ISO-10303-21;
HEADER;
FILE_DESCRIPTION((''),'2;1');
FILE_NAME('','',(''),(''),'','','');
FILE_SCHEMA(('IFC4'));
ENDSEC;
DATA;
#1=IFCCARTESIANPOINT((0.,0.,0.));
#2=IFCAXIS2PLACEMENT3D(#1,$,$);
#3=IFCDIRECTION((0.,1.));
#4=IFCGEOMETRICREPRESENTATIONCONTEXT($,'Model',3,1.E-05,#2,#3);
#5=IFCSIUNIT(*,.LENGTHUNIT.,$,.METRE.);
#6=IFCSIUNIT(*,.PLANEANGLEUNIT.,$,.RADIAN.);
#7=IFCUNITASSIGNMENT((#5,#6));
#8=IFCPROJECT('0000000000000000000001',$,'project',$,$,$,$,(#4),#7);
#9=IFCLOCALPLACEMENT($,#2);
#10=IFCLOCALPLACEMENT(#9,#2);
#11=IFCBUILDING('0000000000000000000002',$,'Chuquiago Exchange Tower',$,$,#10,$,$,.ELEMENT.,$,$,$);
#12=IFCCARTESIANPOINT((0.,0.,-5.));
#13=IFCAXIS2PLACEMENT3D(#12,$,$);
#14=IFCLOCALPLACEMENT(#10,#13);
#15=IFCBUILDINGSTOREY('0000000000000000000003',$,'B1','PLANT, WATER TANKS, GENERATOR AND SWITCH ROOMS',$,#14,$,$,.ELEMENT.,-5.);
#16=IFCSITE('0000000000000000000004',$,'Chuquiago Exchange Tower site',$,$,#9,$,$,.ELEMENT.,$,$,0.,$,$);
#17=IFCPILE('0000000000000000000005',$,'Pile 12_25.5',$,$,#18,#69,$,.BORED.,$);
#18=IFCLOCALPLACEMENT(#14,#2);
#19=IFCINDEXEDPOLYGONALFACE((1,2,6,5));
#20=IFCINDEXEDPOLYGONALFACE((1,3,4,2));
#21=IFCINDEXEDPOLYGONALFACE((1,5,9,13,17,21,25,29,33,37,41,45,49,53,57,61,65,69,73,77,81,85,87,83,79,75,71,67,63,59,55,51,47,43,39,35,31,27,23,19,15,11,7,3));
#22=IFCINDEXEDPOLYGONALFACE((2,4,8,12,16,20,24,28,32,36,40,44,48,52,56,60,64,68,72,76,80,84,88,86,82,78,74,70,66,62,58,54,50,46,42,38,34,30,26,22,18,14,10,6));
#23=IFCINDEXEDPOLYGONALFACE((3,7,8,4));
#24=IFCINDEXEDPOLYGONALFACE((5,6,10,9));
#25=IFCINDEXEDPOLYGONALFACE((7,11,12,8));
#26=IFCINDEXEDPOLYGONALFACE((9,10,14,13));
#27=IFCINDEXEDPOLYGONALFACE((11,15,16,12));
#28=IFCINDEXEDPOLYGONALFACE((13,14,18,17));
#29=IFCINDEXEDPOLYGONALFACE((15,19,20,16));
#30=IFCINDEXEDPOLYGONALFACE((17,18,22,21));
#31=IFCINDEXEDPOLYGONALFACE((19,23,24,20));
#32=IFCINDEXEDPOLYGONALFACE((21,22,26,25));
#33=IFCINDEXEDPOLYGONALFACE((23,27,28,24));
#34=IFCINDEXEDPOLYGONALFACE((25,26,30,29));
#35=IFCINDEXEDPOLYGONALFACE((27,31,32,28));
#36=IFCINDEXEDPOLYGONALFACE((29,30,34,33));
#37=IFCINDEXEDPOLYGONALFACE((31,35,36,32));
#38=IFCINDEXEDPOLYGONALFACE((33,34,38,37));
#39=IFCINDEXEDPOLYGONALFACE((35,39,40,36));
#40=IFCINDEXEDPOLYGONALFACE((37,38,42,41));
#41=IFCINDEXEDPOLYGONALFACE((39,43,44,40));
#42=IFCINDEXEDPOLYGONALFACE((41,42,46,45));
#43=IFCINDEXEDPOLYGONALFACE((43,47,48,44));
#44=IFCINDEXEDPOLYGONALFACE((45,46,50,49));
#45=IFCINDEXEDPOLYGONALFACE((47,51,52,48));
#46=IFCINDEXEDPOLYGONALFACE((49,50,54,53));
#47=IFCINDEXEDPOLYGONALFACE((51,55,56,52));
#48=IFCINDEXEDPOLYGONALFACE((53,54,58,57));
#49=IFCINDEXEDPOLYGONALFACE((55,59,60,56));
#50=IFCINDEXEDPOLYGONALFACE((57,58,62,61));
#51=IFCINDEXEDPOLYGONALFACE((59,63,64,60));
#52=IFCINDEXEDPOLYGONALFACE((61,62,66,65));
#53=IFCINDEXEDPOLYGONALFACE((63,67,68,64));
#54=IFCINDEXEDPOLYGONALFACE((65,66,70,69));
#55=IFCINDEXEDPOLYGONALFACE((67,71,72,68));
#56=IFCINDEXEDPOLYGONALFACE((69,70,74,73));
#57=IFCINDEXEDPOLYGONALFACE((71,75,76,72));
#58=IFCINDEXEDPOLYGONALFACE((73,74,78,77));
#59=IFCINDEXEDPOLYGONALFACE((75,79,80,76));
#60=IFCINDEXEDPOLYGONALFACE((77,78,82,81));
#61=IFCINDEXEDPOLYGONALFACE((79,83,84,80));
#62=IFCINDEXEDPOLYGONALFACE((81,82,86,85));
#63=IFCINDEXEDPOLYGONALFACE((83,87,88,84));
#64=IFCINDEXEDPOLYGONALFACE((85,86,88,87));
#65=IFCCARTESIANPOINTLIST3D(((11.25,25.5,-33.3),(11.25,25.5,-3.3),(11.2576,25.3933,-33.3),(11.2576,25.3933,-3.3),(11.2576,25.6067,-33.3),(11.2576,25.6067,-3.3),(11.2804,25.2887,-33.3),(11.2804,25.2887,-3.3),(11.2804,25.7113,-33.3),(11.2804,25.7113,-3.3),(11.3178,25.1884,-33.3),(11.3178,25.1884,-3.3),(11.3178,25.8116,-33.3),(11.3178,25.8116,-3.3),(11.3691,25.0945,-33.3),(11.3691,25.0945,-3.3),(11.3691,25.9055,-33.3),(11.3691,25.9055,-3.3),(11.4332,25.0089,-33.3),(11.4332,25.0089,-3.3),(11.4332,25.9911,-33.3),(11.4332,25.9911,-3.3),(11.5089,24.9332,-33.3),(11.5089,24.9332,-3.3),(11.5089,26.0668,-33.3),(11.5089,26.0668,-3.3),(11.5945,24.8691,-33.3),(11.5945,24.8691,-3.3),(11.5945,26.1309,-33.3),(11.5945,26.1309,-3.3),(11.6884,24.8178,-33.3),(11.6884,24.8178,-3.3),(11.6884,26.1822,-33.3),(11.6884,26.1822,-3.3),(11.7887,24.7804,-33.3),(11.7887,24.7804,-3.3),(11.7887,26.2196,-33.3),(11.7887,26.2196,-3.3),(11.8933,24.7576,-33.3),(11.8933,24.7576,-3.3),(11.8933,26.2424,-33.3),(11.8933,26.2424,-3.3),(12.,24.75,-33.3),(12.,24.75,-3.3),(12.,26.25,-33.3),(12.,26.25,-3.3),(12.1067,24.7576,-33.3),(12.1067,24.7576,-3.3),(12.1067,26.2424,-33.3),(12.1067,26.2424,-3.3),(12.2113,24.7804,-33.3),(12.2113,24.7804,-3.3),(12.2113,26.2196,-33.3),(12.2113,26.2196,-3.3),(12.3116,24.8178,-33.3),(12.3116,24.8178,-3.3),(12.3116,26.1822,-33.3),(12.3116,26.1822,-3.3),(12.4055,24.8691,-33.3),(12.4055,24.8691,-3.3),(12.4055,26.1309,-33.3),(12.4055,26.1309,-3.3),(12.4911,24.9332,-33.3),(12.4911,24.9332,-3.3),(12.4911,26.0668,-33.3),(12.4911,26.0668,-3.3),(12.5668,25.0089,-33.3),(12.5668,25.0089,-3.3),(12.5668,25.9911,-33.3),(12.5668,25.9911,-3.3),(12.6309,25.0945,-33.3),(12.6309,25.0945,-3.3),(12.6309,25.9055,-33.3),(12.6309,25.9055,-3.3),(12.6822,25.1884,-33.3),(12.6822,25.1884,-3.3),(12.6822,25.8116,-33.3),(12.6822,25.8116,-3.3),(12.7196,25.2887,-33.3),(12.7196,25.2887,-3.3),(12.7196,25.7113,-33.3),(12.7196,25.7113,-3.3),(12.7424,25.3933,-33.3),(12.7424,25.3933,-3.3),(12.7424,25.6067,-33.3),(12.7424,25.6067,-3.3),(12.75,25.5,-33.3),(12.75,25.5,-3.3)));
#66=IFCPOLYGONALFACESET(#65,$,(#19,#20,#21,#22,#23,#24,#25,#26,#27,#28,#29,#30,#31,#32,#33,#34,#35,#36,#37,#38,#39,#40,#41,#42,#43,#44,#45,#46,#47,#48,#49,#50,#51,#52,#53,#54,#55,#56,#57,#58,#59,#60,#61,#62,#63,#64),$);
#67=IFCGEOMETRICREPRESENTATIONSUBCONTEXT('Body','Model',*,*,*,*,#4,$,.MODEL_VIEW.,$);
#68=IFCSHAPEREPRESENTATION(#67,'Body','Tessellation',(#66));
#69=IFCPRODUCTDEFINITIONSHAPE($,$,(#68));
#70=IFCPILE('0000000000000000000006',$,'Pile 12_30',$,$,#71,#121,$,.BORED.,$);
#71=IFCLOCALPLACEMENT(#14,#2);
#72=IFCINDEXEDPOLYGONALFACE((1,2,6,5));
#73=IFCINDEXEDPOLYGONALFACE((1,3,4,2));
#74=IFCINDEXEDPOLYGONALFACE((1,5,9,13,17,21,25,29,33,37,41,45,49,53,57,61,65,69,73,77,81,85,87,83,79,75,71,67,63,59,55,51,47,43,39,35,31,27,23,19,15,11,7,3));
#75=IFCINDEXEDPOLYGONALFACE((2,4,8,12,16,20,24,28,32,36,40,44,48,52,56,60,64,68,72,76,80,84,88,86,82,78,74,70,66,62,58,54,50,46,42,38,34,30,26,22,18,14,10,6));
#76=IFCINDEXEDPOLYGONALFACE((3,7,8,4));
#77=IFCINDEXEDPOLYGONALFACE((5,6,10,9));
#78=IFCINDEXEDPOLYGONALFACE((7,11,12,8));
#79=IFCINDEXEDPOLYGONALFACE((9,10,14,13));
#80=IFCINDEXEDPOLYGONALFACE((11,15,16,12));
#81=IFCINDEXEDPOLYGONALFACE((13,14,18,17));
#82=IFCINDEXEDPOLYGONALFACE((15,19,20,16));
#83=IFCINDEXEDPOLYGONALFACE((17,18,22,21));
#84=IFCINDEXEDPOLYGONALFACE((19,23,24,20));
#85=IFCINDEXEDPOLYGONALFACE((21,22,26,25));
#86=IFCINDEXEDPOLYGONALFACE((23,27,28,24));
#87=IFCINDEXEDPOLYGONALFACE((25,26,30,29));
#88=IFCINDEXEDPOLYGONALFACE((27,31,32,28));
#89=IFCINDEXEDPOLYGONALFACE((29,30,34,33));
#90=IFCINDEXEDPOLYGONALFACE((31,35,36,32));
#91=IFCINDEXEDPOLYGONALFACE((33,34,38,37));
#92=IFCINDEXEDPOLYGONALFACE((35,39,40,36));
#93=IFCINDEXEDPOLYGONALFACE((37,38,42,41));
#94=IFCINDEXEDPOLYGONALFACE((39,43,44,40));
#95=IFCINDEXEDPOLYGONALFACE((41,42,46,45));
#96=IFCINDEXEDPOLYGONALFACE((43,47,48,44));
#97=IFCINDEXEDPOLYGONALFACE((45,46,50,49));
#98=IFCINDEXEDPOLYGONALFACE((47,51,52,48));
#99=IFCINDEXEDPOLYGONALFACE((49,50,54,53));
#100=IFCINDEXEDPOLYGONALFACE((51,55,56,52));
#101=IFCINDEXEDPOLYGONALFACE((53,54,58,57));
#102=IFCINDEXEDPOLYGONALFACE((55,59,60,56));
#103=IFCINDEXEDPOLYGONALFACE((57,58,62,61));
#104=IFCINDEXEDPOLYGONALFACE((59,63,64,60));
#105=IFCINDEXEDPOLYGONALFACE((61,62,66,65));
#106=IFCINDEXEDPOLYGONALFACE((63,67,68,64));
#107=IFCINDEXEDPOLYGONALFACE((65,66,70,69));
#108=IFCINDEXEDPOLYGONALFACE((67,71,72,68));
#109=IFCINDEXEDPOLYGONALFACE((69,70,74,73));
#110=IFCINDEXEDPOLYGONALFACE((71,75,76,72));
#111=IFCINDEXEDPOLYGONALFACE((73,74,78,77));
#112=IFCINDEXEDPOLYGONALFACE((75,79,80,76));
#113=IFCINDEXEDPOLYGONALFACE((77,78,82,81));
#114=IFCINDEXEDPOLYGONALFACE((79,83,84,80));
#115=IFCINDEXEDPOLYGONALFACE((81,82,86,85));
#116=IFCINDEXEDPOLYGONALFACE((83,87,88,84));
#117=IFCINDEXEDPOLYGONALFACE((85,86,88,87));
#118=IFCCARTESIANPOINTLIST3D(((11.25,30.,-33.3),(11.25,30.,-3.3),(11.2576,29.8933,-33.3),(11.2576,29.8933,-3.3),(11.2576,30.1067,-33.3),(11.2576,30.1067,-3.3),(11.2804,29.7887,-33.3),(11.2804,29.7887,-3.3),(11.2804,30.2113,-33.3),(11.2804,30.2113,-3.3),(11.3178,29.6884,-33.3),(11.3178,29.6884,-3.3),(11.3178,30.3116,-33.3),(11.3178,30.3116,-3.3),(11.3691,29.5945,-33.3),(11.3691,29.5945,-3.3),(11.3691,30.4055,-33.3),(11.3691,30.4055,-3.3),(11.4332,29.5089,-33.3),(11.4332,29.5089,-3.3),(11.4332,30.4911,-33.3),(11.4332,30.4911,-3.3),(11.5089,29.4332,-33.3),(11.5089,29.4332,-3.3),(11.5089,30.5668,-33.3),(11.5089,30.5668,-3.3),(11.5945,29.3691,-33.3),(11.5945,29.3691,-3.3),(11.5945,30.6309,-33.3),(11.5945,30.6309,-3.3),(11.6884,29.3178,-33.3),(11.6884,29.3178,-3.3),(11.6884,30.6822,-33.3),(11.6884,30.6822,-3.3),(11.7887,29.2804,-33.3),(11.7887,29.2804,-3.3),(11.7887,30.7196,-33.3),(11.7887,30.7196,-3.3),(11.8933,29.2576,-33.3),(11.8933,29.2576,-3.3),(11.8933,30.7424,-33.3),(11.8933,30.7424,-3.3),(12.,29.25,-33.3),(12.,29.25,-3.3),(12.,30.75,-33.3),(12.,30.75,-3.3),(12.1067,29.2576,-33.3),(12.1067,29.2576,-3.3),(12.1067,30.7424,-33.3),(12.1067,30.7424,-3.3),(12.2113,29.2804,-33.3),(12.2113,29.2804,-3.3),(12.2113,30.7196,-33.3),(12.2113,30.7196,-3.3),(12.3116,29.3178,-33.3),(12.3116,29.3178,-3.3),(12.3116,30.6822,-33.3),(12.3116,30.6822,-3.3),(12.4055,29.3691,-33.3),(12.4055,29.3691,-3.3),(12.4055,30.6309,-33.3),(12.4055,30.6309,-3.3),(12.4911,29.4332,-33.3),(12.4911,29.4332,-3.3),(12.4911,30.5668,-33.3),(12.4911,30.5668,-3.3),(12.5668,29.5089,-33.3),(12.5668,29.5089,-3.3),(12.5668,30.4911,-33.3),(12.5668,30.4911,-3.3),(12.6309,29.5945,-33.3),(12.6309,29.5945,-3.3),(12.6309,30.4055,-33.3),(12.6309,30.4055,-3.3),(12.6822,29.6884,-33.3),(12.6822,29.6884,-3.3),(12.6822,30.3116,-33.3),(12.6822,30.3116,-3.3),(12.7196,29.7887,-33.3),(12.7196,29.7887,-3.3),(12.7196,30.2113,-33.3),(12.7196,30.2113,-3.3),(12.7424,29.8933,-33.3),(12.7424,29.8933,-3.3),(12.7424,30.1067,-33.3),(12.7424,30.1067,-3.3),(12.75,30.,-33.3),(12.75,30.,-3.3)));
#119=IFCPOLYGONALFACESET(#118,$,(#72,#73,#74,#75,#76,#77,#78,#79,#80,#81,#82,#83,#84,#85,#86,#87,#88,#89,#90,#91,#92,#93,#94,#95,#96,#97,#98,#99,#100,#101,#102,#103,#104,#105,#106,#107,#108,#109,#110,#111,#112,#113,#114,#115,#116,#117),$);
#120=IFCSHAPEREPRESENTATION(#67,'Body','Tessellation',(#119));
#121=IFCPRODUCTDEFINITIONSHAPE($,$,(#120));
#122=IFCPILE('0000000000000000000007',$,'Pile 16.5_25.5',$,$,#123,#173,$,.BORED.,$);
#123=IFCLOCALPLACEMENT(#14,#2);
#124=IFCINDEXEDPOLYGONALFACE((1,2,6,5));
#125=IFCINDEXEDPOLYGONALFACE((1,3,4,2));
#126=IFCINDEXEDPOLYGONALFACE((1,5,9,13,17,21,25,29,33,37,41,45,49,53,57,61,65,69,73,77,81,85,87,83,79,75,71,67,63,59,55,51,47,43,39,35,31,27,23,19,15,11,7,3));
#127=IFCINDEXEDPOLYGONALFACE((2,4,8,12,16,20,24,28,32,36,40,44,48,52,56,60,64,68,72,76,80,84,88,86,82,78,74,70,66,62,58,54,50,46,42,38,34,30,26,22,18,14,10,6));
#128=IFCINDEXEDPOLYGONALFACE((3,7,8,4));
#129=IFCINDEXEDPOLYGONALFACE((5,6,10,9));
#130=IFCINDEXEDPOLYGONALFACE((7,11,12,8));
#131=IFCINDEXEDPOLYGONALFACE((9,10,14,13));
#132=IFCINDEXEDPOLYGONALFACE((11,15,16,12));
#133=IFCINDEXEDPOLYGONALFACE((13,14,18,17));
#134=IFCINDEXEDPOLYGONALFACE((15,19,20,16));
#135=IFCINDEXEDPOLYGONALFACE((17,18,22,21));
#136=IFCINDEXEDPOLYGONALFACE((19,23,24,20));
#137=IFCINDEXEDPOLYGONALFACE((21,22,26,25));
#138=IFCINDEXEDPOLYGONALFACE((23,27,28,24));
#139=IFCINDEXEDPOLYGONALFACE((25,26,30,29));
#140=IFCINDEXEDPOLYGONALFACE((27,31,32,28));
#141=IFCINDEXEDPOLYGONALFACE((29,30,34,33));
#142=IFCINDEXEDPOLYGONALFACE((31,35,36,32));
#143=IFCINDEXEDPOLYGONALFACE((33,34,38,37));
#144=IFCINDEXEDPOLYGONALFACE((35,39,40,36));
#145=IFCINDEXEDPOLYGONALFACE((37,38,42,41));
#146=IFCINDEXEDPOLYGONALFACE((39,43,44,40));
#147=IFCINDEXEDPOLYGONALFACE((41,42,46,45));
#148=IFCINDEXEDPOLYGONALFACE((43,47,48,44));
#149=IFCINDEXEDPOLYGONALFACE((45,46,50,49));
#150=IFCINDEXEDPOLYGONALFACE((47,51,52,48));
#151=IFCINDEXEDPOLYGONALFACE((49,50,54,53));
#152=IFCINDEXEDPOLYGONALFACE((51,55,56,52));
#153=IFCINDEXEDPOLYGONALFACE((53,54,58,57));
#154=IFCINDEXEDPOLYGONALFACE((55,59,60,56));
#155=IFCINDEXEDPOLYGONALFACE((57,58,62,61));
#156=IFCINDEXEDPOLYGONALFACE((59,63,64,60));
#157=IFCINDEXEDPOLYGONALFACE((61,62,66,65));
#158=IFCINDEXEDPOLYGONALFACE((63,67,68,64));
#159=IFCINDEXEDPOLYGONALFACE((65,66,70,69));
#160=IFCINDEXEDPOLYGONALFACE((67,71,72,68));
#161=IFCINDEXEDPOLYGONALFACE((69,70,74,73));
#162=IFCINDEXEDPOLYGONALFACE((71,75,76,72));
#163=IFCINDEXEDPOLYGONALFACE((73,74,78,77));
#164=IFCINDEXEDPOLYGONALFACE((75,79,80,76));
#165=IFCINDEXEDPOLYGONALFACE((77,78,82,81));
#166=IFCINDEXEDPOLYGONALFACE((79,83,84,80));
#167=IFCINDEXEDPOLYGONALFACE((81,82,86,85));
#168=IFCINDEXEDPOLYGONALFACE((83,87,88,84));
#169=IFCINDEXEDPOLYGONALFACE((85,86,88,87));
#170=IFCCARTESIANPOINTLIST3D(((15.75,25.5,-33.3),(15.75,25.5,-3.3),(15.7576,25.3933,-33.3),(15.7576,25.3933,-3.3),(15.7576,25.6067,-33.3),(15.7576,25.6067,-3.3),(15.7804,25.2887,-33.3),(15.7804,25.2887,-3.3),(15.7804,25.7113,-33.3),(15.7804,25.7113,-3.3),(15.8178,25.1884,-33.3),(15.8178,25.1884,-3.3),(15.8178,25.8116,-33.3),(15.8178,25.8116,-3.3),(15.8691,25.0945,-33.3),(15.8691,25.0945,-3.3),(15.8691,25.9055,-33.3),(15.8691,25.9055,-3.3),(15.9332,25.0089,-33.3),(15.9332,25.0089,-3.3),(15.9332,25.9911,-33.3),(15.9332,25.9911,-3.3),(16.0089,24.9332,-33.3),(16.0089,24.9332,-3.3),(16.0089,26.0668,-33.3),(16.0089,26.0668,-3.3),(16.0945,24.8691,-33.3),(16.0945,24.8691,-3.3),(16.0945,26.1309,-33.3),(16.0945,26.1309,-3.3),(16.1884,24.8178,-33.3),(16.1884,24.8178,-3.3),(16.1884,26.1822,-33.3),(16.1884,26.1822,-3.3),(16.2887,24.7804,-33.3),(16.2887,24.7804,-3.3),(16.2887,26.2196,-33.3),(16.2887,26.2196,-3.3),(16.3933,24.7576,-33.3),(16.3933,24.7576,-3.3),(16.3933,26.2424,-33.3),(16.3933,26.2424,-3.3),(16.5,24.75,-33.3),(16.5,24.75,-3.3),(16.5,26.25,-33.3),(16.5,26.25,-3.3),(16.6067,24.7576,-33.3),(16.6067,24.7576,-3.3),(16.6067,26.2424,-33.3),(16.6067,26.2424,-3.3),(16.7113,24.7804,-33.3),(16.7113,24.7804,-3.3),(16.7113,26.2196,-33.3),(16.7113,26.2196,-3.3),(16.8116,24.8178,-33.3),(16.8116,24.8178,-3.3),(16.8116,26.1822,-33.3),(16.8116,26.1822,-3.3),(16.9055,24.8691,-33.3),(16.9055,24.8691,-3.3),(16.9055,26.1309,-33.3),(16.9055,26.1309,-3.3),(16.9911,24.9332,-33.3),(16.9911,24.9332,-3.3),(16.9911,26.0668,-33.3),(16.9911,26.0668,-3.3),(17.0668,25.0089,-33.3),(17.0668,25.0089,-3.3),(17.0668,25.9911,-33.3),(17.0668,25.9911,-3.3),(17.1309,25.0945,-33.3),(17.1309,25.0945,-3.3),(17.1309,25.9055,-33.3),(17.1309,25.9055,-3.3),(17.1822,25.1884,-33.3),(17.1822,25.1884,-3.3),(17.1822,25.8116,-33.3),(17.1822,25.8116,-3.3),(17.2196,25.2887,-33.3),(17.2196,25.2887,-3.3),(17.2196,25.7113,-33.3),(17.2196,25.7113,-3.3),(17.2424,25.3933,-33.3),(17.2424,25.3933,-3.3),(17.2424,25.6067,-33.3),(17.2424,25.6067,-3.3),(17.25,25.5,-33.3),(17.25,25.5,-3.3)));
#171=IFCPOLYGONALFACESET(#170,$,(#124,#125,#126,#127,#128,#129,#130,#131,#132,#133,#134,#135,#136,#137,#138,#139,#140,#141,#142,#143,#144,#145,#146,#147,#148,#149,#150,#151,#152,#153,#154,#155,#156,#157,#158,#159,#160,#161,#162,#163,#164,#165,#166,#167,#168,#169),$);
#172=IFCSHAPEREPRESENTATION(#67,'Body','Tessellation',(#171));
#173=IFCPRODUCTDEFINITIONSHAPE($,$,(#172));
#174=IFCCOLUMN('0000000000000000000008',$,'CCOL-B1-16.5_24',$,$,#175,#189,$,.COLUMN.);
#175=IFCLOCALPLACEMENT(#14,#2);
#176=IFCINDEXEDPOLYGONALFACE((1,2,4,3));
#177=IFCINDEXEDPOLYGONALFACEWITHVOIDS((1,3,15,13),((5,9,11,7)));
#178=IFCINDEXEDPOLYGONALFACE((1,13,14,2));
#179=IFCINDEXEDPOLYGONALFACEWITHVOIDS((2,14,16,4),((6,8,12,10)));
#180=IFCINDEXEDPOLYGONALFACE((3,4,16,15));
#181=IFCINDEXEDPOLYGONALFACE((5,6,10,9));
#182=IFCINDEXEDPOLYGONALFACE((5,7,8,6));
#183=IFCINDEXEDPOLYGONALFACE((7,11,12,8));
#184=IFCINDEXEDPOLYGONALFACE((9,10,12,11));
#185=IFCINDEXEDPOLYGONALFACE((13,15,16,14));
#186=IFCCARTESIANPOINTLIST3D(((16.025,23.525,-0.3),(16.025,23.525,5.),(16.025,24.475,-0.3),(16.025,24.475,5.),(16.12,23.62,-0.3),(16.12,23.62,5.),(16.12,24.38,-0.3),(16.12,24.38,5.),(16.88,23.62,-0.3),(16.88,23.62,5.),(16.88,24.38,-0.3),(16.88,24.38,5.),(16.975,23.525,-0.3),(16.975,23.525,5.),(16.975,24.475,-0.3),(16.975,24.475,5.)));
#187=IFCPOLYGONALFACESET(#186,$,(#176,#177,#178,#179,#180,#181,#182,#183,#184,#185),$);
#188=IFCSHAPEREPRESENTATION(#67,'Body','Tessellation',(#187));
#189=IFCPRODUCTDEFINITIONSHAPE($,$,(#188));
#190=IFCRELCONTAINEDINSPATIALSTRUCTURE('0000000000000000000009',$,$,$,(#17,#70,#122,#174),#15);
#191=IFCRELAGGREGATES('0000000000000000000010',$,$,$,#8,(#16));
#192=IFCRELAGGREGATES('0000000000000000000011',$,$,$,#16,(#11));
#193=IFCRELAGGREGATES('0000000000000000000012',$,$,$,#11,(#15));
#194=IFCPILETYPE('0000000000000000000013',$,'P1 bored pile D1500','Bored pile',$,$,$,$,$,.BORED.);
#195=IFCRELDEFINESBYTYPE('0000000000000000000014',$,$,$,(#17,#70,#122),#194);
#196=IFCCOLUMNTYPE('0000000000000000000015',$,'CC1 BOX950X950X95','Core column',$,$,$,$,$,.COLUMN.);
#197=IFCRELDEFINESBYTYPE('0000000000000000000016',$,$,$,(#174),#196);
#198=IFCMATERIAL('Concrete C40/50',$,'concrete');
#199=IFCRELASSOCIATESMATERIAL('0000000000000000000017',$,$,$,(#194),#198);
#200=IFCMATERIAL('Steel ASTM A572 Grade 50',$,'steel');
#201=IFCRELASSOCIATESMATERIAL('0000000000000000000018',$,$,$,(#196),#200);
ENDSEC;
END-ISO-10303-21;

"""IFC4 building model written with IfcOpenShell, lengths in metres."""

from ifc_helpers import new_model, si_unit, direction, frame, origin, origin_2d, place, context, subcontext, project, spatial, hollow_rectangle, circle, extrude, material, material_profile, profile_set, type_object, element, save


model = new_model("IFC4")

# Units and contexts
model_context = context("Model", 3, precision=1e-05, world=origin(), true_north=direction((0.0, 1.0)))
body_context = subcontext(model_context, "Body", "Model", "MODEL_VIEW")
ifc_project = project(units=[si_unit("LENGTHUNIT", "METRE"), si_unit("PLANEANGLEUNIT", "RADIAN")], contexts=[model_context])

# Site, building, storey
site_placement = place(None, origin())
site = spatial("IfcSite", under=ifc_project, at=site_placement, Name="Chuquiago Exchange Tower site", CompositionType="ELEMENT", RefElevation=0.0)
building_placement = place(site_placement, origin())
building = spatial("IfcBuilding", under=site, at=building_placement, Name="Chuquiago Exchange Tower", CompositionType="ELEMENT")
storey_placement = place(building_placement, frame((0.0, 0.0, -5.0)))
storey = spatial("IfcBuildingStorey", under=building, at=storey_placement, Name="B1", Description="PLANT, WATER TANKS, GENERATOR AND SWITCH ROOMS", CompositionType="ELEMENT", Elevation=-5.0)

# Piles
ifc_material_1 = material(Name="Concrete C40/50", Category="concrete")
ifc_material_profile_1 = material_profile(ifc_material_1, circle(Radius=0.75, at=origin_2d()), Name="D1500")
ifc_profile_set_1 = profile_set([ifc_material_profile_1], Name="Concrete C40/50")
pile_type = type_object("IfcPileType", Name="P1 bored pile D1500", Description="Bored pile", PredefinedType="BORED", material=ifc_profile_set_1)
for number, where, z_axis, x_axis, name in (
    (1, (12.0, 25.5, -3.3), (0.0, 0.0, -1.0), (1.0, 0.0, 0.0), "Pile 12_25.5"),
    (2, (12.0, 30.0, -3.3), (0.0, 0.0, -1.0), (1.0, 0.0, 0.0), "Pile 12_30"),
    (3, (16.5, 25.5, -3.3), (0.0, 0.0, -1.0), (1.0, 0.0, 0.0), "Pile 16.5_25.5"),
):
    element("IfcPile", number, at=place(storey_placement, frame(where, z_axis=z_axis, x_axis=x_axis)), inside=storey, type_object=pile_type, Name=name, PredefinedType="BORED", context=body_context, shape_type="SweptSolid", body=[
        extrude(circle(Radius=0.75, at=origin_2d()), origin(), (0.0, 0.0, 1.0), 30.0),
    ])

# Column
ifc_material_2 = material(Name="Steel ASTM A572 Grade 50", Category="steel")
ifc_material_profile_2 = material_profile(ifc_material_2, hollow_rectangle(XDim=0.95, YDim=0.95, WallThickness=0.095, at=origin_2d()), Name="BOX950X950X95")
ifc_profile_set_2 = profile_set([ifc_material_profile_2], Name="Steel ASTM A572 Grade 50")
column_type = type_object("IfcColumnType", Name="CC1 BOX950X950X95", Description="Core column", PredefinedType="COLUMN", material=ifc_profile_set_2)
column_placement = place(storey_placement, frame((16.5, 24.0, -0.3), z_axis=(0.0, 0.0, 1.0), x_axis=(1.0, 0.0, 0.0)))
element("IfcColumn", 4, at=column_placement, inside=storey, type_object=column_type, Name="CCOL-B1-16.5_24", PredefinedType="COLUMN", context=body_context, shape_type="SweptSolid", body=[
    extrude(hollow_rectangle(XDim=0.95, YDim=0.95, WallThickness=0.095, at=origin_2d()), origin(), (0.0, 0.0, 1.0), 5.3),
])

save(model, "model.ifc")
